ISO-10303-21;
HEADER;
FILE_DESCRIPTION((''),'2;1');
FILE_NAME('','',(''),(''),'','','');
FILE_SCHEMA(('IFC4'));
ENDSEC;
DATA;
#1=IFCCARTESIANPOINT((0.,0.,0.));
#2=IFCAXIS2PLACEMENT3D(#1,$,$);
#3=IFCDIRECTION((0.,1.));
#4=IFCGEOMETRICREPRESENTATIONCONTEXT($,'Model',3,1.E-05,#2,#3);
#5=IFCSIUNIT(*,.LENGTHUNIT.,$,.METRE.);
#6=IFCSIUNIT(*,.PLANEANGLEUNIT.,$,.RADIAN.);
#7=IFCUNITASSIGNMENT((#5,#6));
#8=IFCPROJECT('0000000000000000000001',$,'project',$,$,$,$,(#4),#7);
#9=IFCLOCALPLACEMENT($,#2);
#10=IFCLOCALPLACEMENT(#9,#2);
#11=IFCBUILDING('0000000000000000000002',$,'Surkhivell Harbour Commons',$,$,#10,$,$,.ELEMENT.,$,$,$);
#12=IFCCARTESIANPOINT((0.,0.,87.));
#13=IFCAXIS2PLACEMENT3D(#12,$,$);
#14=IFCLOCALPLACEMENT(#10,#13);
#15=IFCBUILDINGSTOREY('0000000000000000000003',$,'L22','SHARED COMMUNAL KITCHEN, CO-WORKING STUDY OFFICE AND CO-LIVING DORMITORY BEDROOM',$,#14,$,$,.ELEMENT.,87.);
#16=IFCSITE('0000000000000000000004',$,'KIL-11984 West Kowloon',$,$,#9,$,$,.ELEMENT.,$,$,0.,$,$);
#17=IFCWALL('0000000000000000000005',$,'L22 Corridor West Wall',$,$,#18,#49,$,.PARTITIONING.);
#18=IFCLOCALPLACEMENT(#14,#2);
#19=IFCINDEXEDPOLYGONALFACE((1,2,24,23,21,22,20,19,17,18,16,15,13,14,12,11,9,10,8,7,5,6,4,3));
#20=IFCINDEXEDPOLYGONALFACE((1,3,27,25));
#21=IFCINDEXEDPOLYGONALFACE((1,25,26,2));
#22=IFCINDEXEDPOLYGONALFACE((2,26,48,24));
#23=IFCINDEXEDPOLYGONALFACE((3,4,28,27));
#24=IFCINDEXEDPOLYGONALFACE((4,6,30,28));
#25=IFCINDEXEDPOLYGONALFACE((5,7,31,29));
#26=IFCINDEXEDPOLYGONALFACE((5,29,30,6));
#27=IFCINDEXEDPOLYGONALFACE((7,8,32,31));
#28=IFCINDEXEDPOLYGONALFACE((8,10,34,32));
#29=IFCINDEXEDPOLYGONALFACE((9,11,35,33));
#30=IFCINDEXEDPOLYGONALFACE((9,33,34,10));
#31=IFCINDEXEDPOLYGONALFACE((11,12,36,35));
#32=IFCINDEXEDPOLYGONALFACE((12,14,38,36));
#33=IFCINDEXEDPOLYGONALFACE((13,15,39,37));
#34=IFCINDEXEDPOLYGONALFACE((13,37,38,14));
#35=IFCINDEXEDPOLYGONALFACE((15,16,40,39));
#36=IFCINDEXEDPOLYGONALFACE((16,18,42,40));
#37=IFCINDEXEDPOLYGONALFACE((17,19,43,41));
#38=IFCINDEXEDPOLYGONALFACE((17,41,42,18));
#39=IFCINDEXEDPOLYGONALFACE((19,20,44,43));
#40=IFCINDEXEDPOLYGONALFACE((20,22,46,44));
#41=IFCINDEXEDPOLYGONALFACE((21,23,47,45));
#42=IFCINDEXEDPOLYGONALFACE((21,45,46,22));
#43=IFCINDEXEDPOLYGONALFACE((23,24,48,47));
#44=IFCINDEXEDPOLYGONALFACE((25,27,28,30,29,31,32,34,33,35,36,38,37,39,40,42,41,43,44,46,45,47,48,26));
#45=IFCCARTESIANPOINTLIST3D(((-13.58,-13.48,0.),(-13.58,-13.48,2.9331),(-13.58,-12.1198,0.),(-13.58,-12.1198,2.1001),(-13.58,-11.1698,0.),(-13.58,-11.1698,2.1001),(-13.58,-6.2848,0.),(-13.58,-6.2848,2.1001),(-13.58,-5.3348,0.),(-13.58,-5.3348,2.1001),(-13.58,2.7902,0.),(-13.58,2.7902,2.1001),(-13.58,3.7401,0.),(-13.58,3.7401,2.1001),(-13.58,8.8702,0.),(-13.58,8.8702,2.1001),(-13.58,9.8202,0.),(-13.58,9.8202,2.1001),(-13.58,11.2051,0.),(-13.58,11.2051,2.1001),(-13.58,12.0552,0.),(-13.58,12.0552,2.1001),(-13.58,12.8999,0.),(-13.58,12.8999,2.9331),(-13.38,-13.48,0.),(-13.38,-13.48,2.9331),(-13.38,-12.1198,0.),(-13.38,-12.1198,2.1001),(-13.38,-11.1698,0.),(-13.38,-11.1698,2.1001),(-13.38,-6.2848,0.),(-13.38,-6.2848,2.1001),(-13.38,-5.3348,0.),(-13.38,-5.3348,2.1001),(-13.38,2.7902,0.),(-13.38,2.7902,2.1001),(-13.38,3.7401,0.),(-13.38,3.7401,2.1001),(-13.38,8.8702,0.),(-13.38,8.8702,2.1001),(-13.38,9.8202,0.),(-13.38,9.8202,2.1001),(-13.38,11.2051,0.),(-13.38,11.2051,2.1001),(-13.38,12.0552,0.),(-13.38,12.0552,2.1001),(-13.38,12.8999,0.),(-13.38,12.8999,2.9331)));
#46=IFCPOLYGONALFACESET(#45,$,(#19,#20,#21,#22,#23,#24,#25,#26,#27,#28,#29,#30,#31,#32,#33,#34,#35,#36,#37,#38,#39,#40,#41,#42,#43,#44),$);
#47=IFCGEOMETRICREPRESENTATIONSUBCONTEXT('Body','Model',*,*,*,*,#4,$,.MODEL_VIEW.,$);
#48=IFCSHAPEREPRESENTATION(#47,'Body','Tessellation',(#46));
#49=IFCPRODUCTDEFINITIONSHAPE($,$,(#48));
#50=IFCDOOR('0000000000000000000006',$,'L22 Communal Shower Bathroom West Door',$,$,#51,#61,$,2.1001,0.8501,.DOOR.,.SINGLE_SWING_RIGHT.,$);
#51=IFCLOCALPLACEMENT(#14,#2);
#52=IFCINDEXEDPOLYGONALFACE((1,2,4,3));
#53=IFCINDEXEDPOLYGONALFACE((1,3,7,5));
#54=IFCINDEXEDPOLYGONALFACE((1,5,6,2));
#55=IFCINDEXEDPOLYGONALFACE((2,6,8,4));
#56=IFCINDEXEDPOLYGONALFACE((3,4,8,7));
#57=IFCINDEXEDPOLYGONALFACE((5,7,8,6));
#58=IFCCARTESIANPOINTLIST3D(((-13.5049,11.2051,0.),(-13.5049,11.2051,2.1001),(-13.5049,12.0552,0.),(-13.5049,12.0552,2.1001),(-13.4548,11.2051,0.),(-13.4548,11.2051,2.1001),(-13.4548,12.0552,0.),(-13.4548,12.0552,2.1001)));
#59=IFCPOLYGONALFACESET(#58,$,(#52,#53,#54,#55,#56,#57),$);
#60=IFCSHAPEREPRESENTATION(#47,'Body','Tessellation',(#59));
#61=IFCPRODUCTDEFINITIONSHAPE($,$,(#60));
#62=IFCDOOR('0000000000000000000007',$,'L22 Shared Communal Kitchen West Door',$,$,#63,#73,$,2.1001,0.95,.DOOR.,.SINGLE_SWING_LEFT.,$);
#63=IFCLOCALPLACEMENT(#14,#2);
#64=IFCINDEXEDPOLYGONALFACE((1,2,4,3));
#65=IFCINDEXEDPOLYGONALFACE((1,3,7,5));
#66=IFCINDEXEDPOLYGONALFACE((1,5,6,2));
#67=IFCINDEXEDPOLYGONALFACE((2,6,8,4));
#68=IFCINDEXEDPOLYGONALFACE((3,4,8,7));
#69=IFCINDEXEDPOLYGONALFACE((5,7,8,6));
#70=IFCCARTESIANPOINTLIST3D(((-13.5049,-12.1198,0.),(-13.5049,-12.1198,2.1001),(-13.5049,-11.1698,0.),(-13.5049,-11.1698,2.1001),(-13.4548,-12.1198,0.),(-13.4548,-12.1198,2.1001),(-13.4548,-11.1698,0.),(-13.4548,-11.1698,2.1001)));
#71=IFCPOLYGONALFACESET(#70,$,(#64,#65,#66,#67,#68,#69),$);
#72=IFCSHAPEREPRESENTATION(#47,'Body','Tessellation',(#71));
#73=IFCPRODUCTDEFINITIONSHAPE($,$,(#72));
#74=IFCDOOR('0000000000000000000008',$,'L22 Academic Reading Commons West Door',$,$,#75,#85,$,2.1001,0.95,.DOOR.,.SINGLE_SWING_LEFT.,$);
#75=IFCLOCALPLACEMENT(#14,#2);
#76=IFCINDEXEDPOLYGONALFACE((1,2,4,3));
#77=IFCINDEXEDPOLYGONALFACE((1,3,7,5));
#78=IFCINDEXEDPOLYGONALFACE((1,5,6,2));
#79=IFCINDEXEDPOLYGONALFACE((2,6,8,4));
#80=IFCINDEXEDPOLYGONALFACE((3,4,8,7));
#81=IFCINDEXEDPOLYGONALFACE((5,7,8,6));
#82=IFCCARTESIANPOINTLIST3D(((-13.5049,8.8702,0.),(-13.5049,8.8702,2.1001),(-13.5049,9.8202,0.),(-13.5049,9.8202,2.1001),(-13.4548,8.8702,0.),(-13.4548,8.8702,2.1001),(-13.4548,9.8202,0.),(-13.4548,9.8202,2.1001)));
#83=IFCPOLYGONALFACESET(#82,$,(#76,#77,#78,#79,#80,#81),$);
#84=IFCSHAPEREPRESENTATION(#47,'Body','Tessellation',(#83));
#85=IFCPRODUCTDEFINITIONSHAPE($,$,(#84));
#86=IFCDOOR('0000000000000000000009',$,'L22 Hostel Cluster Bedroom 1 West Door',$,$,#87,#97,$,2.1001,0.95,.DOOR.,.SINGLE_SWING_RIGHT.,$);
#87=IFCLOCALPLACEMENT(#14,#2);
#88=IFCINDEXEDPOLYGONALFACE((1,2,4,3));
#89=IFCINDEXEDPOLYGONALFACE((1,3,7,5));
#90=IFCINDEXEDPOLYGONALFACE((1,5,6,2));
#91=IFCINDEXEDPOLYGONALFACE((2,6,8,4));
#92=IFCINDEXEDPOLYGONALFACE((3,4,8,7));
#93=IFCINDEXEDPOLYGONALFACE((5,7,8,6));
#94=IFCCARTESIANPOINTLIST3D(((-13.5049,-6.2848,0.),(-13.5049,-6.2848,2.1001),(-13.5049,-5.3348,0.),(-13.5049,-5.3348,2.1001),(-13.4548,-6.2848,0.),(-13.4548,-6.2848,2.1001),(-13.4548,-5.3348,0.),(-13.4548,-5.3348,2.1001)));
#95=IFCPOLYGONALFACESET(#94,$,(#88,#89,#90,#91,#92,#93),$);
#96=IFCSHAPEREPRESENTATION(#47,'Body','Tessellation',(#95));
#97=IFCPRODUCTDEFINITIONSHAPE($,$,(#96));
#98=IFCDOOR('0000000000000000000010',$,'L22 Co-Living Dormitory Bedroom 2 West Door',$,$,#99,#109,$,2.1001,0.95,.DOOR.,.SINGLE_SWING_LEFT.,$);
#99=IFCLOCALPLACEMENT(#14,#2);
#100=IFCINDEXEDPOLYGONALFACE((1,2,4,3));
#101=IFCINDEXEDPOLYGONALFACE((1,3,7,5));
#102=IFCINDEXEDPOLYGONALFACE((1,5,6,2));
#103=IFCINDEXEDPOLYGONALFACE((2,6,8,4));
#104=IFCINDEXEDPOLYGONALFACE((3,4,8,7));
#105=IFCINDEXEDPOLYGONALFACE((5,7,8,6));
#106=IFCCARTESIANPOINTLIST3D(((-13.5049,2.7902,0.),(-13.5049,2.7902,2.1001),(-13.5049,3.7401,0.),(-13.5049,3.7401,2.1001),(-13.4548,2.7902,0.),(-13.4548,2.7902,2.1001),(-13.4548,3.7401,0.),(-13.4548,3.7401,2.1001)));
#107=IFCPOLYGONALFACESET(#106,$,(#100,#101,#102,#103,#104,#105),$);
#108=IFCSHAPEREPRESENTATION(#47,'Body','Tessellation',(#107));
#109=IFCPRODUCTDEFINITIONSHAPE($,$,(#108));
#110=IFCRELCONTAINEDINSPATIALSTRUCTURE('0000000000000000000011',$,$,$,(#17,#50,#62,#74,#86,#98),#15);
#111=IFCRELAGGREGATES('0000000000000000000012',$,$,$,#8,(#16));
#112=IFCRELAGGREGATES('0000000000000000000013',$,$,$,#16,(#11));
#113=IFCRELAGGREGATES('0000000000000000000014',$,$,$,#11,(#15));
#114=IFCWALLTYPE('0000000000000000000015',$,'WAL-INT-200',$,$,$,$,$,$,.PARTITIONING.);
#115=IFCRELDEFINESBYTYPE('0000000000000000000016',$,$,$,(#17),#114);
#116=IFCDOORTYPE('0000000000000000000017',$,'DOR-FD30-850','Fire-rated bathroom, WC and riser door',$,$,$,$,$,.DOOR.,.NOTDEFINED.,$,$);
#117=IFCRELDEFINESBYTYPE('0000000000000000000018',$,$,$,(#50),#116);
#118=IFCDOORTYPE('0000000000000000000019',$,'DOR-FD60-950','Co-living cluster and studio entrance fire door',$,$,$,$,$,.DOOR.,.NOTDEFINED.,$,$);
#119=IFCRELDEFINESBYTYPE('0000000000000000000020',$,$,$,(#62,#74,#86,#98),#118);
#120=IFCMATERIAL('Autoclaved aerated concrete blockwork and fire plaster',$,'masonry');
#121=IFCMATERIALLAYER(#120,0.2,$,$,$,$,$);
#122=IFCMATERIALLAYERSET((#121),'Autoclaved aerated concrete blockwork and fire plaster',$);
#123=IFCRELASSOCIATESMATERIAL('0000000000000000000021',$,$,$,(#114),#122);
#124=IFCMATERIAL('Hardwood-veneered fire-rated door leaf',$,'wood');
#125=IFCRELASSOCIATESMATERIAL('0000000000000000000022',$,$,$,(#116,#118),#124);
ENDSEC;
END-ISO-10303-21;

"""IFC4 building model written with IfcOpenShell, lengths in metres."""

from ifc_helpers import new_model, si_unit, direction, frame, frame_2d, origin, place, context, subcontext, project, spatial, rectangle, extrude, material, layer, layer_set, type_object, element, fill, save


model = new_model("IFC4")

# Units and contexts
model_context = context("Model", 3, precision=1e-05, world=origin(), true_north=direction((0.0, 1.0)))
body_context = subcontext(model_context, "Body", "Model", "MODEL_VIEW")
ifc_project = project(units=[si_unit("LENGTHUNIT", "METRE"), si_unit("PLANEANGLEUNIT", "RADIAN")], contexts=[model_context])

# Site, building, storey
site_placement = place(None, origin())
site = spatial("IfcSite", under=ifc_project, at=site_placement, Name="KIL-11984 West Kowloon", CompositionType="ELEMENT", RefElevation=0.0)
building_placement = place(site_placement, origin())
building = spatial("IfcBuilding", under=site, at=building_placement, Name="Surkhivell Harbour Commons", CompositionType="ELEMENT")
storey_placement = place(building_placement, frame((0.0, 0.0, 87.0)))
storey = spatial("IfcBuildingStorey", under=building, at=storey_placement, Name="L22", Description="SHARED COMMUNAL KITCHEN, CO-WORKING STUDY OFFICE AND CO-LIVING DORMITORY BEDROOM", CompositionType="ELEMENT", Elevation=87.0)

# Shared definitions
ifc_material_1 = material(Name="Autoclaved aerated concrete blockwork and fire plaster", Category="masonry")
ifc_layer_1 = layer(ifc_material_1, 0.2)
ifc_layer_set_1 = layer_set([ifc_layer_1], Name="Autoclaved aerated concrete blockwork and fire plaster")
wall_type_1 = type_object("IfcWallType", Name="WAL-INT-200", PredefinedType="PARTITIONING", material=ifc_layer_set_1)

# Wall, openings, doors
ifc_material_2 = material(Name="Hardwood-veneered fire-rated door leaf", Category="wood")
door_type_1 = type_object("IfcDoorType", Name="DOR-FD30-850", Description="Fire-rated bathroom, WC and riser door", OperationType="NOTDEFINED", PredefinedType="DOOR", material=ifc_material_2)
door_type_2 = type_object("IfcDoorType", Name="DOR-FD60-950", Description="Co-living cluster and studio entrance fire door", OperationType="NOTDEFINED", PredefinedType="DOOR", material=ifc_material_2)
wall_1_placement = place(storey_placement, frame((-13.48, -13.48, 0.0), z_axis=(0.0, 0.0, 1.0), x_axis=(0.0, 1.0, 0.0)))
wall_1 = element("IfcWall", 1, at=wall_1_placement, inside=storey, type_object=wall_type_1, Name="L22 Corridor West Wall", PredefinedType="PARTITIONING", context=body_context, shape_type="SweptSolid", body=[
    extrude(rectangle(XDim=26.3799, YDim=0.2, at=frame_2d((13.1899, 0.0))), origin(), (0.0, 0.0, 1.0), 2.9331),
])
opening_1_placement = place(wall_1_placement, frame((1.3601, 0.0, 0.0)))
opening_1 = element("IfcOpeningElement", 2, at=opening_1_placement, cuts=wall_1, PredefinedType="OPENING", context=body_context, shape_type="SweptSolid", body=[
    extrude(rectangle(XDim=0.95, YDim=2.1001, at=frame_2d((0.4751, 1.05))), frame((0.0, 0.1099, 0.0), z_axis=(0.0, -1.0, 0.0), x_axis=(1.0, 0.0, 0.0)), (0.0, 0.0, 1.0), 0.22),
])
opening_2_placement = place(wall_1_placement, frame((24.6851, 0.0, 0.0)))
opening_2 = element("IfcOpeningElement", 3, at=opening_2_placement, cuts=wall_1, PredefinedType="OPENING", context=body_context, shape_type="SweptSolid", body=[
    extrude(rectangle(XDim=0.8501, YDim=2.1001, at=frame_2d((0.425, 1.05))), frame((0.0, 0.1099, 0.0), z_axis=(0.0, -1.0, 0.0), x_axis=(1.0, 0.0, 0.0)), (0.0, 0.0, 1.0), 0.22),
])
opening_3_placement = place(wall_1_placement, frame((22.3501, 0.0, 0.0)))
opening_3 = element("IfcOpeningElement", 4, at=opening_3_placement, cuts=wall_1, PredefinedType="OPENING", context=body_context, shape_type="SweptSolid", body=[
    extrude(rectangle(XDim=0.95, YDim=2.1001, at=frame_2d((0.4751, 1.05))), frame((0.0, 0.1099, 0.0), z_axis=(0.0, -1.0, 0.0), x_axis=(1.0, 0.0, 0.0)), (0.0, 0.0, 1.0), 0.22),
])
opening_4_placement = place(wall_1_placement, frame((7.1951, 0.0, 0.0)))
opening_4 = element("IfcOpeningElement", 5, at=opening_4_placement, cuts=wall_1, PredefinedType="OPENING", context=body_context, shape_type="SweptSolid", body=[
    extrude(rectangle(XDim=0.95, YDim=2.1001, at=frame_2d((0.4751, 1.05))), frame((0.0, 0.1099, 0.0), z_axis=(0.0, -1.0, 0.0), x_axis=(1.0, 0.0, 0.0)), (0.0, 0.0, 1.0), 0.22),
])
opening_5_placement = place(wall_1_placement, frame((16.27, 0.0, 0.0)))
opening_5 = element("IfcOpeningElement", 6, at=opening_5_placement, cuts=wall_1, PredefinedType="OPENING", context=body_context, shape_type="SweptSolid", body=[
    extrude(rectangle(XDim=0.95, YDim=2.1001, at=frame_2d((0.4751, 1.05))), frame((0.0, 0.1099, 0.0), z_axis=(0.0, -1.0, 0.0), x_axis=(1.0, 0.0, 0.0)), (0.0, 0.0, 1.0), 0.22),
])
door_1_placement = place(opening_2_placement, origin())
door_1 = element("IfcDoor", 7, at=door_1_placement, inside=storey, type_object=door_type_1, Name="L22 Communal Shower Bathroom West Door", OperationType="SINGLE_SWING_RIGHT", OverallHeight=2.1001, OverallWidth=0.8501, PredefinedType="DOOR", context=body_context, shape_type="SweptSolid", body=[
    extrude(rectangle(XDim=0.8501, YDim=2.1001, at=frame_2d((0.425, 1.05))), frame((0.0, 0.0249, 0.0), z_axis=(0.0, -1.0, 0.0), x_axis=(1.0, 0.0, 0.0)), (0.0, 0.0, 1.0), 0.05),
])
fill(opening_2, door_1)
door_2_placement = place(opening_1_placement, origin())
door_2 = element("IfcDoor", 8, at=door_2_placement, inside=storey, type_object=door_type_2, Name="L22 Shared Communal Kitchen West Door", OperationType="SINGLE_SWING_LEFT", OverallHeight=2.1001, OverallWidth=0.95, PredefinedType="DOOR", context=body_context, shape_type="SweptSolid", body=[
    extrude(rectangle(XDim=0.95, YDim=2.1001, at=frame_2d((0.4751, 1.05))), frame((0.0, 0.0249, 0.0), z_axis=(0.0, -1.0, 0.0), x_axis=(1.0, 0.0, 0.0)), (0.0, 0.0, 1.0), 0.05),
])
fill(opening_1, door_2)
door_3_placement = place(opening_3_placement, origin())
door_3 = element("IfcDoor", 9, at=door_3_placement, inside=storey, type_object=door_type_2, Name="L22 Academic Reading Commons West Door", OperationType="SINGLE_SWING_LEFT", OverallHeight=2.1001, OverallWidth=0.95, PredefinedType="DOOR", context=body_context, shape_type="SweptSolid", body=[
    extrude(rectangle(XDim=0.95, YDim=2.1001, at=frame_2d((0.4751, 1.05))), frame((0.0, 0.0249, 0.0), z_axis=(0.0, -1.0, 0.0), x_axis=(1.0, 0.0, 0.0)), (0.0, 0.0, 1.0), 0.05),
])
fill(opening_3, door_3)
door_4_placement = place(opening_4_placement, origin())
door_4 = element("IfcDoor", 10, at=door_4_placement, inside=storey, type_object=door_type_2, Name="L22 Hostel Cluster Bedroom 1 West Door", OperationType="SINGLE_SWING_RIGHT", OverallHeight=2.1001, OverallWidth=0.95, PredefinedType="DOOR", context=body_context, shape_type="SweptSolid", body=[
    extrude(rectangle(XDim=0.95, YDim=2.1001, at=frame_2d((0.4751, 1.05))), frame((0.0, 0.0249, 0.0), z_axis=(0.0, -1.0, 0.0), x_axis=(1.0, 0.0, 0.0)), (0.0, 0.0, 1.0), 0.05),
])
fill(opening_4, door_4)
door_5_placement = place(opening_5_placement, origin())
door_5 = element("IfcDoor", 11, at=door_5_placement, inside=storey, type_object=door_type_2, Name="L22 Co-Living Dormitory Bedroom 2 West Door", OperationType="SINGLE_SWING_LEFT", OverallHeight=2.1001, OverallWidth=0.95, PredefinedType="DOOR", context=body_context, shape_type="SweptSolid", body=[
    extrude(rectangle(XDim=0.95, YDim=2.1001, at=frame_2d((0.4751, 1.05))), frame((0.0, 0.0249, 0.0), z_axis=(0.0, -1.0, 0.0), x_axis=(1.0, 0.0, 0.0)), (0.0, 0.0, 1.0), 0.05),
])
fill(opening_5, door_5)

save(model, "model.ifc")
